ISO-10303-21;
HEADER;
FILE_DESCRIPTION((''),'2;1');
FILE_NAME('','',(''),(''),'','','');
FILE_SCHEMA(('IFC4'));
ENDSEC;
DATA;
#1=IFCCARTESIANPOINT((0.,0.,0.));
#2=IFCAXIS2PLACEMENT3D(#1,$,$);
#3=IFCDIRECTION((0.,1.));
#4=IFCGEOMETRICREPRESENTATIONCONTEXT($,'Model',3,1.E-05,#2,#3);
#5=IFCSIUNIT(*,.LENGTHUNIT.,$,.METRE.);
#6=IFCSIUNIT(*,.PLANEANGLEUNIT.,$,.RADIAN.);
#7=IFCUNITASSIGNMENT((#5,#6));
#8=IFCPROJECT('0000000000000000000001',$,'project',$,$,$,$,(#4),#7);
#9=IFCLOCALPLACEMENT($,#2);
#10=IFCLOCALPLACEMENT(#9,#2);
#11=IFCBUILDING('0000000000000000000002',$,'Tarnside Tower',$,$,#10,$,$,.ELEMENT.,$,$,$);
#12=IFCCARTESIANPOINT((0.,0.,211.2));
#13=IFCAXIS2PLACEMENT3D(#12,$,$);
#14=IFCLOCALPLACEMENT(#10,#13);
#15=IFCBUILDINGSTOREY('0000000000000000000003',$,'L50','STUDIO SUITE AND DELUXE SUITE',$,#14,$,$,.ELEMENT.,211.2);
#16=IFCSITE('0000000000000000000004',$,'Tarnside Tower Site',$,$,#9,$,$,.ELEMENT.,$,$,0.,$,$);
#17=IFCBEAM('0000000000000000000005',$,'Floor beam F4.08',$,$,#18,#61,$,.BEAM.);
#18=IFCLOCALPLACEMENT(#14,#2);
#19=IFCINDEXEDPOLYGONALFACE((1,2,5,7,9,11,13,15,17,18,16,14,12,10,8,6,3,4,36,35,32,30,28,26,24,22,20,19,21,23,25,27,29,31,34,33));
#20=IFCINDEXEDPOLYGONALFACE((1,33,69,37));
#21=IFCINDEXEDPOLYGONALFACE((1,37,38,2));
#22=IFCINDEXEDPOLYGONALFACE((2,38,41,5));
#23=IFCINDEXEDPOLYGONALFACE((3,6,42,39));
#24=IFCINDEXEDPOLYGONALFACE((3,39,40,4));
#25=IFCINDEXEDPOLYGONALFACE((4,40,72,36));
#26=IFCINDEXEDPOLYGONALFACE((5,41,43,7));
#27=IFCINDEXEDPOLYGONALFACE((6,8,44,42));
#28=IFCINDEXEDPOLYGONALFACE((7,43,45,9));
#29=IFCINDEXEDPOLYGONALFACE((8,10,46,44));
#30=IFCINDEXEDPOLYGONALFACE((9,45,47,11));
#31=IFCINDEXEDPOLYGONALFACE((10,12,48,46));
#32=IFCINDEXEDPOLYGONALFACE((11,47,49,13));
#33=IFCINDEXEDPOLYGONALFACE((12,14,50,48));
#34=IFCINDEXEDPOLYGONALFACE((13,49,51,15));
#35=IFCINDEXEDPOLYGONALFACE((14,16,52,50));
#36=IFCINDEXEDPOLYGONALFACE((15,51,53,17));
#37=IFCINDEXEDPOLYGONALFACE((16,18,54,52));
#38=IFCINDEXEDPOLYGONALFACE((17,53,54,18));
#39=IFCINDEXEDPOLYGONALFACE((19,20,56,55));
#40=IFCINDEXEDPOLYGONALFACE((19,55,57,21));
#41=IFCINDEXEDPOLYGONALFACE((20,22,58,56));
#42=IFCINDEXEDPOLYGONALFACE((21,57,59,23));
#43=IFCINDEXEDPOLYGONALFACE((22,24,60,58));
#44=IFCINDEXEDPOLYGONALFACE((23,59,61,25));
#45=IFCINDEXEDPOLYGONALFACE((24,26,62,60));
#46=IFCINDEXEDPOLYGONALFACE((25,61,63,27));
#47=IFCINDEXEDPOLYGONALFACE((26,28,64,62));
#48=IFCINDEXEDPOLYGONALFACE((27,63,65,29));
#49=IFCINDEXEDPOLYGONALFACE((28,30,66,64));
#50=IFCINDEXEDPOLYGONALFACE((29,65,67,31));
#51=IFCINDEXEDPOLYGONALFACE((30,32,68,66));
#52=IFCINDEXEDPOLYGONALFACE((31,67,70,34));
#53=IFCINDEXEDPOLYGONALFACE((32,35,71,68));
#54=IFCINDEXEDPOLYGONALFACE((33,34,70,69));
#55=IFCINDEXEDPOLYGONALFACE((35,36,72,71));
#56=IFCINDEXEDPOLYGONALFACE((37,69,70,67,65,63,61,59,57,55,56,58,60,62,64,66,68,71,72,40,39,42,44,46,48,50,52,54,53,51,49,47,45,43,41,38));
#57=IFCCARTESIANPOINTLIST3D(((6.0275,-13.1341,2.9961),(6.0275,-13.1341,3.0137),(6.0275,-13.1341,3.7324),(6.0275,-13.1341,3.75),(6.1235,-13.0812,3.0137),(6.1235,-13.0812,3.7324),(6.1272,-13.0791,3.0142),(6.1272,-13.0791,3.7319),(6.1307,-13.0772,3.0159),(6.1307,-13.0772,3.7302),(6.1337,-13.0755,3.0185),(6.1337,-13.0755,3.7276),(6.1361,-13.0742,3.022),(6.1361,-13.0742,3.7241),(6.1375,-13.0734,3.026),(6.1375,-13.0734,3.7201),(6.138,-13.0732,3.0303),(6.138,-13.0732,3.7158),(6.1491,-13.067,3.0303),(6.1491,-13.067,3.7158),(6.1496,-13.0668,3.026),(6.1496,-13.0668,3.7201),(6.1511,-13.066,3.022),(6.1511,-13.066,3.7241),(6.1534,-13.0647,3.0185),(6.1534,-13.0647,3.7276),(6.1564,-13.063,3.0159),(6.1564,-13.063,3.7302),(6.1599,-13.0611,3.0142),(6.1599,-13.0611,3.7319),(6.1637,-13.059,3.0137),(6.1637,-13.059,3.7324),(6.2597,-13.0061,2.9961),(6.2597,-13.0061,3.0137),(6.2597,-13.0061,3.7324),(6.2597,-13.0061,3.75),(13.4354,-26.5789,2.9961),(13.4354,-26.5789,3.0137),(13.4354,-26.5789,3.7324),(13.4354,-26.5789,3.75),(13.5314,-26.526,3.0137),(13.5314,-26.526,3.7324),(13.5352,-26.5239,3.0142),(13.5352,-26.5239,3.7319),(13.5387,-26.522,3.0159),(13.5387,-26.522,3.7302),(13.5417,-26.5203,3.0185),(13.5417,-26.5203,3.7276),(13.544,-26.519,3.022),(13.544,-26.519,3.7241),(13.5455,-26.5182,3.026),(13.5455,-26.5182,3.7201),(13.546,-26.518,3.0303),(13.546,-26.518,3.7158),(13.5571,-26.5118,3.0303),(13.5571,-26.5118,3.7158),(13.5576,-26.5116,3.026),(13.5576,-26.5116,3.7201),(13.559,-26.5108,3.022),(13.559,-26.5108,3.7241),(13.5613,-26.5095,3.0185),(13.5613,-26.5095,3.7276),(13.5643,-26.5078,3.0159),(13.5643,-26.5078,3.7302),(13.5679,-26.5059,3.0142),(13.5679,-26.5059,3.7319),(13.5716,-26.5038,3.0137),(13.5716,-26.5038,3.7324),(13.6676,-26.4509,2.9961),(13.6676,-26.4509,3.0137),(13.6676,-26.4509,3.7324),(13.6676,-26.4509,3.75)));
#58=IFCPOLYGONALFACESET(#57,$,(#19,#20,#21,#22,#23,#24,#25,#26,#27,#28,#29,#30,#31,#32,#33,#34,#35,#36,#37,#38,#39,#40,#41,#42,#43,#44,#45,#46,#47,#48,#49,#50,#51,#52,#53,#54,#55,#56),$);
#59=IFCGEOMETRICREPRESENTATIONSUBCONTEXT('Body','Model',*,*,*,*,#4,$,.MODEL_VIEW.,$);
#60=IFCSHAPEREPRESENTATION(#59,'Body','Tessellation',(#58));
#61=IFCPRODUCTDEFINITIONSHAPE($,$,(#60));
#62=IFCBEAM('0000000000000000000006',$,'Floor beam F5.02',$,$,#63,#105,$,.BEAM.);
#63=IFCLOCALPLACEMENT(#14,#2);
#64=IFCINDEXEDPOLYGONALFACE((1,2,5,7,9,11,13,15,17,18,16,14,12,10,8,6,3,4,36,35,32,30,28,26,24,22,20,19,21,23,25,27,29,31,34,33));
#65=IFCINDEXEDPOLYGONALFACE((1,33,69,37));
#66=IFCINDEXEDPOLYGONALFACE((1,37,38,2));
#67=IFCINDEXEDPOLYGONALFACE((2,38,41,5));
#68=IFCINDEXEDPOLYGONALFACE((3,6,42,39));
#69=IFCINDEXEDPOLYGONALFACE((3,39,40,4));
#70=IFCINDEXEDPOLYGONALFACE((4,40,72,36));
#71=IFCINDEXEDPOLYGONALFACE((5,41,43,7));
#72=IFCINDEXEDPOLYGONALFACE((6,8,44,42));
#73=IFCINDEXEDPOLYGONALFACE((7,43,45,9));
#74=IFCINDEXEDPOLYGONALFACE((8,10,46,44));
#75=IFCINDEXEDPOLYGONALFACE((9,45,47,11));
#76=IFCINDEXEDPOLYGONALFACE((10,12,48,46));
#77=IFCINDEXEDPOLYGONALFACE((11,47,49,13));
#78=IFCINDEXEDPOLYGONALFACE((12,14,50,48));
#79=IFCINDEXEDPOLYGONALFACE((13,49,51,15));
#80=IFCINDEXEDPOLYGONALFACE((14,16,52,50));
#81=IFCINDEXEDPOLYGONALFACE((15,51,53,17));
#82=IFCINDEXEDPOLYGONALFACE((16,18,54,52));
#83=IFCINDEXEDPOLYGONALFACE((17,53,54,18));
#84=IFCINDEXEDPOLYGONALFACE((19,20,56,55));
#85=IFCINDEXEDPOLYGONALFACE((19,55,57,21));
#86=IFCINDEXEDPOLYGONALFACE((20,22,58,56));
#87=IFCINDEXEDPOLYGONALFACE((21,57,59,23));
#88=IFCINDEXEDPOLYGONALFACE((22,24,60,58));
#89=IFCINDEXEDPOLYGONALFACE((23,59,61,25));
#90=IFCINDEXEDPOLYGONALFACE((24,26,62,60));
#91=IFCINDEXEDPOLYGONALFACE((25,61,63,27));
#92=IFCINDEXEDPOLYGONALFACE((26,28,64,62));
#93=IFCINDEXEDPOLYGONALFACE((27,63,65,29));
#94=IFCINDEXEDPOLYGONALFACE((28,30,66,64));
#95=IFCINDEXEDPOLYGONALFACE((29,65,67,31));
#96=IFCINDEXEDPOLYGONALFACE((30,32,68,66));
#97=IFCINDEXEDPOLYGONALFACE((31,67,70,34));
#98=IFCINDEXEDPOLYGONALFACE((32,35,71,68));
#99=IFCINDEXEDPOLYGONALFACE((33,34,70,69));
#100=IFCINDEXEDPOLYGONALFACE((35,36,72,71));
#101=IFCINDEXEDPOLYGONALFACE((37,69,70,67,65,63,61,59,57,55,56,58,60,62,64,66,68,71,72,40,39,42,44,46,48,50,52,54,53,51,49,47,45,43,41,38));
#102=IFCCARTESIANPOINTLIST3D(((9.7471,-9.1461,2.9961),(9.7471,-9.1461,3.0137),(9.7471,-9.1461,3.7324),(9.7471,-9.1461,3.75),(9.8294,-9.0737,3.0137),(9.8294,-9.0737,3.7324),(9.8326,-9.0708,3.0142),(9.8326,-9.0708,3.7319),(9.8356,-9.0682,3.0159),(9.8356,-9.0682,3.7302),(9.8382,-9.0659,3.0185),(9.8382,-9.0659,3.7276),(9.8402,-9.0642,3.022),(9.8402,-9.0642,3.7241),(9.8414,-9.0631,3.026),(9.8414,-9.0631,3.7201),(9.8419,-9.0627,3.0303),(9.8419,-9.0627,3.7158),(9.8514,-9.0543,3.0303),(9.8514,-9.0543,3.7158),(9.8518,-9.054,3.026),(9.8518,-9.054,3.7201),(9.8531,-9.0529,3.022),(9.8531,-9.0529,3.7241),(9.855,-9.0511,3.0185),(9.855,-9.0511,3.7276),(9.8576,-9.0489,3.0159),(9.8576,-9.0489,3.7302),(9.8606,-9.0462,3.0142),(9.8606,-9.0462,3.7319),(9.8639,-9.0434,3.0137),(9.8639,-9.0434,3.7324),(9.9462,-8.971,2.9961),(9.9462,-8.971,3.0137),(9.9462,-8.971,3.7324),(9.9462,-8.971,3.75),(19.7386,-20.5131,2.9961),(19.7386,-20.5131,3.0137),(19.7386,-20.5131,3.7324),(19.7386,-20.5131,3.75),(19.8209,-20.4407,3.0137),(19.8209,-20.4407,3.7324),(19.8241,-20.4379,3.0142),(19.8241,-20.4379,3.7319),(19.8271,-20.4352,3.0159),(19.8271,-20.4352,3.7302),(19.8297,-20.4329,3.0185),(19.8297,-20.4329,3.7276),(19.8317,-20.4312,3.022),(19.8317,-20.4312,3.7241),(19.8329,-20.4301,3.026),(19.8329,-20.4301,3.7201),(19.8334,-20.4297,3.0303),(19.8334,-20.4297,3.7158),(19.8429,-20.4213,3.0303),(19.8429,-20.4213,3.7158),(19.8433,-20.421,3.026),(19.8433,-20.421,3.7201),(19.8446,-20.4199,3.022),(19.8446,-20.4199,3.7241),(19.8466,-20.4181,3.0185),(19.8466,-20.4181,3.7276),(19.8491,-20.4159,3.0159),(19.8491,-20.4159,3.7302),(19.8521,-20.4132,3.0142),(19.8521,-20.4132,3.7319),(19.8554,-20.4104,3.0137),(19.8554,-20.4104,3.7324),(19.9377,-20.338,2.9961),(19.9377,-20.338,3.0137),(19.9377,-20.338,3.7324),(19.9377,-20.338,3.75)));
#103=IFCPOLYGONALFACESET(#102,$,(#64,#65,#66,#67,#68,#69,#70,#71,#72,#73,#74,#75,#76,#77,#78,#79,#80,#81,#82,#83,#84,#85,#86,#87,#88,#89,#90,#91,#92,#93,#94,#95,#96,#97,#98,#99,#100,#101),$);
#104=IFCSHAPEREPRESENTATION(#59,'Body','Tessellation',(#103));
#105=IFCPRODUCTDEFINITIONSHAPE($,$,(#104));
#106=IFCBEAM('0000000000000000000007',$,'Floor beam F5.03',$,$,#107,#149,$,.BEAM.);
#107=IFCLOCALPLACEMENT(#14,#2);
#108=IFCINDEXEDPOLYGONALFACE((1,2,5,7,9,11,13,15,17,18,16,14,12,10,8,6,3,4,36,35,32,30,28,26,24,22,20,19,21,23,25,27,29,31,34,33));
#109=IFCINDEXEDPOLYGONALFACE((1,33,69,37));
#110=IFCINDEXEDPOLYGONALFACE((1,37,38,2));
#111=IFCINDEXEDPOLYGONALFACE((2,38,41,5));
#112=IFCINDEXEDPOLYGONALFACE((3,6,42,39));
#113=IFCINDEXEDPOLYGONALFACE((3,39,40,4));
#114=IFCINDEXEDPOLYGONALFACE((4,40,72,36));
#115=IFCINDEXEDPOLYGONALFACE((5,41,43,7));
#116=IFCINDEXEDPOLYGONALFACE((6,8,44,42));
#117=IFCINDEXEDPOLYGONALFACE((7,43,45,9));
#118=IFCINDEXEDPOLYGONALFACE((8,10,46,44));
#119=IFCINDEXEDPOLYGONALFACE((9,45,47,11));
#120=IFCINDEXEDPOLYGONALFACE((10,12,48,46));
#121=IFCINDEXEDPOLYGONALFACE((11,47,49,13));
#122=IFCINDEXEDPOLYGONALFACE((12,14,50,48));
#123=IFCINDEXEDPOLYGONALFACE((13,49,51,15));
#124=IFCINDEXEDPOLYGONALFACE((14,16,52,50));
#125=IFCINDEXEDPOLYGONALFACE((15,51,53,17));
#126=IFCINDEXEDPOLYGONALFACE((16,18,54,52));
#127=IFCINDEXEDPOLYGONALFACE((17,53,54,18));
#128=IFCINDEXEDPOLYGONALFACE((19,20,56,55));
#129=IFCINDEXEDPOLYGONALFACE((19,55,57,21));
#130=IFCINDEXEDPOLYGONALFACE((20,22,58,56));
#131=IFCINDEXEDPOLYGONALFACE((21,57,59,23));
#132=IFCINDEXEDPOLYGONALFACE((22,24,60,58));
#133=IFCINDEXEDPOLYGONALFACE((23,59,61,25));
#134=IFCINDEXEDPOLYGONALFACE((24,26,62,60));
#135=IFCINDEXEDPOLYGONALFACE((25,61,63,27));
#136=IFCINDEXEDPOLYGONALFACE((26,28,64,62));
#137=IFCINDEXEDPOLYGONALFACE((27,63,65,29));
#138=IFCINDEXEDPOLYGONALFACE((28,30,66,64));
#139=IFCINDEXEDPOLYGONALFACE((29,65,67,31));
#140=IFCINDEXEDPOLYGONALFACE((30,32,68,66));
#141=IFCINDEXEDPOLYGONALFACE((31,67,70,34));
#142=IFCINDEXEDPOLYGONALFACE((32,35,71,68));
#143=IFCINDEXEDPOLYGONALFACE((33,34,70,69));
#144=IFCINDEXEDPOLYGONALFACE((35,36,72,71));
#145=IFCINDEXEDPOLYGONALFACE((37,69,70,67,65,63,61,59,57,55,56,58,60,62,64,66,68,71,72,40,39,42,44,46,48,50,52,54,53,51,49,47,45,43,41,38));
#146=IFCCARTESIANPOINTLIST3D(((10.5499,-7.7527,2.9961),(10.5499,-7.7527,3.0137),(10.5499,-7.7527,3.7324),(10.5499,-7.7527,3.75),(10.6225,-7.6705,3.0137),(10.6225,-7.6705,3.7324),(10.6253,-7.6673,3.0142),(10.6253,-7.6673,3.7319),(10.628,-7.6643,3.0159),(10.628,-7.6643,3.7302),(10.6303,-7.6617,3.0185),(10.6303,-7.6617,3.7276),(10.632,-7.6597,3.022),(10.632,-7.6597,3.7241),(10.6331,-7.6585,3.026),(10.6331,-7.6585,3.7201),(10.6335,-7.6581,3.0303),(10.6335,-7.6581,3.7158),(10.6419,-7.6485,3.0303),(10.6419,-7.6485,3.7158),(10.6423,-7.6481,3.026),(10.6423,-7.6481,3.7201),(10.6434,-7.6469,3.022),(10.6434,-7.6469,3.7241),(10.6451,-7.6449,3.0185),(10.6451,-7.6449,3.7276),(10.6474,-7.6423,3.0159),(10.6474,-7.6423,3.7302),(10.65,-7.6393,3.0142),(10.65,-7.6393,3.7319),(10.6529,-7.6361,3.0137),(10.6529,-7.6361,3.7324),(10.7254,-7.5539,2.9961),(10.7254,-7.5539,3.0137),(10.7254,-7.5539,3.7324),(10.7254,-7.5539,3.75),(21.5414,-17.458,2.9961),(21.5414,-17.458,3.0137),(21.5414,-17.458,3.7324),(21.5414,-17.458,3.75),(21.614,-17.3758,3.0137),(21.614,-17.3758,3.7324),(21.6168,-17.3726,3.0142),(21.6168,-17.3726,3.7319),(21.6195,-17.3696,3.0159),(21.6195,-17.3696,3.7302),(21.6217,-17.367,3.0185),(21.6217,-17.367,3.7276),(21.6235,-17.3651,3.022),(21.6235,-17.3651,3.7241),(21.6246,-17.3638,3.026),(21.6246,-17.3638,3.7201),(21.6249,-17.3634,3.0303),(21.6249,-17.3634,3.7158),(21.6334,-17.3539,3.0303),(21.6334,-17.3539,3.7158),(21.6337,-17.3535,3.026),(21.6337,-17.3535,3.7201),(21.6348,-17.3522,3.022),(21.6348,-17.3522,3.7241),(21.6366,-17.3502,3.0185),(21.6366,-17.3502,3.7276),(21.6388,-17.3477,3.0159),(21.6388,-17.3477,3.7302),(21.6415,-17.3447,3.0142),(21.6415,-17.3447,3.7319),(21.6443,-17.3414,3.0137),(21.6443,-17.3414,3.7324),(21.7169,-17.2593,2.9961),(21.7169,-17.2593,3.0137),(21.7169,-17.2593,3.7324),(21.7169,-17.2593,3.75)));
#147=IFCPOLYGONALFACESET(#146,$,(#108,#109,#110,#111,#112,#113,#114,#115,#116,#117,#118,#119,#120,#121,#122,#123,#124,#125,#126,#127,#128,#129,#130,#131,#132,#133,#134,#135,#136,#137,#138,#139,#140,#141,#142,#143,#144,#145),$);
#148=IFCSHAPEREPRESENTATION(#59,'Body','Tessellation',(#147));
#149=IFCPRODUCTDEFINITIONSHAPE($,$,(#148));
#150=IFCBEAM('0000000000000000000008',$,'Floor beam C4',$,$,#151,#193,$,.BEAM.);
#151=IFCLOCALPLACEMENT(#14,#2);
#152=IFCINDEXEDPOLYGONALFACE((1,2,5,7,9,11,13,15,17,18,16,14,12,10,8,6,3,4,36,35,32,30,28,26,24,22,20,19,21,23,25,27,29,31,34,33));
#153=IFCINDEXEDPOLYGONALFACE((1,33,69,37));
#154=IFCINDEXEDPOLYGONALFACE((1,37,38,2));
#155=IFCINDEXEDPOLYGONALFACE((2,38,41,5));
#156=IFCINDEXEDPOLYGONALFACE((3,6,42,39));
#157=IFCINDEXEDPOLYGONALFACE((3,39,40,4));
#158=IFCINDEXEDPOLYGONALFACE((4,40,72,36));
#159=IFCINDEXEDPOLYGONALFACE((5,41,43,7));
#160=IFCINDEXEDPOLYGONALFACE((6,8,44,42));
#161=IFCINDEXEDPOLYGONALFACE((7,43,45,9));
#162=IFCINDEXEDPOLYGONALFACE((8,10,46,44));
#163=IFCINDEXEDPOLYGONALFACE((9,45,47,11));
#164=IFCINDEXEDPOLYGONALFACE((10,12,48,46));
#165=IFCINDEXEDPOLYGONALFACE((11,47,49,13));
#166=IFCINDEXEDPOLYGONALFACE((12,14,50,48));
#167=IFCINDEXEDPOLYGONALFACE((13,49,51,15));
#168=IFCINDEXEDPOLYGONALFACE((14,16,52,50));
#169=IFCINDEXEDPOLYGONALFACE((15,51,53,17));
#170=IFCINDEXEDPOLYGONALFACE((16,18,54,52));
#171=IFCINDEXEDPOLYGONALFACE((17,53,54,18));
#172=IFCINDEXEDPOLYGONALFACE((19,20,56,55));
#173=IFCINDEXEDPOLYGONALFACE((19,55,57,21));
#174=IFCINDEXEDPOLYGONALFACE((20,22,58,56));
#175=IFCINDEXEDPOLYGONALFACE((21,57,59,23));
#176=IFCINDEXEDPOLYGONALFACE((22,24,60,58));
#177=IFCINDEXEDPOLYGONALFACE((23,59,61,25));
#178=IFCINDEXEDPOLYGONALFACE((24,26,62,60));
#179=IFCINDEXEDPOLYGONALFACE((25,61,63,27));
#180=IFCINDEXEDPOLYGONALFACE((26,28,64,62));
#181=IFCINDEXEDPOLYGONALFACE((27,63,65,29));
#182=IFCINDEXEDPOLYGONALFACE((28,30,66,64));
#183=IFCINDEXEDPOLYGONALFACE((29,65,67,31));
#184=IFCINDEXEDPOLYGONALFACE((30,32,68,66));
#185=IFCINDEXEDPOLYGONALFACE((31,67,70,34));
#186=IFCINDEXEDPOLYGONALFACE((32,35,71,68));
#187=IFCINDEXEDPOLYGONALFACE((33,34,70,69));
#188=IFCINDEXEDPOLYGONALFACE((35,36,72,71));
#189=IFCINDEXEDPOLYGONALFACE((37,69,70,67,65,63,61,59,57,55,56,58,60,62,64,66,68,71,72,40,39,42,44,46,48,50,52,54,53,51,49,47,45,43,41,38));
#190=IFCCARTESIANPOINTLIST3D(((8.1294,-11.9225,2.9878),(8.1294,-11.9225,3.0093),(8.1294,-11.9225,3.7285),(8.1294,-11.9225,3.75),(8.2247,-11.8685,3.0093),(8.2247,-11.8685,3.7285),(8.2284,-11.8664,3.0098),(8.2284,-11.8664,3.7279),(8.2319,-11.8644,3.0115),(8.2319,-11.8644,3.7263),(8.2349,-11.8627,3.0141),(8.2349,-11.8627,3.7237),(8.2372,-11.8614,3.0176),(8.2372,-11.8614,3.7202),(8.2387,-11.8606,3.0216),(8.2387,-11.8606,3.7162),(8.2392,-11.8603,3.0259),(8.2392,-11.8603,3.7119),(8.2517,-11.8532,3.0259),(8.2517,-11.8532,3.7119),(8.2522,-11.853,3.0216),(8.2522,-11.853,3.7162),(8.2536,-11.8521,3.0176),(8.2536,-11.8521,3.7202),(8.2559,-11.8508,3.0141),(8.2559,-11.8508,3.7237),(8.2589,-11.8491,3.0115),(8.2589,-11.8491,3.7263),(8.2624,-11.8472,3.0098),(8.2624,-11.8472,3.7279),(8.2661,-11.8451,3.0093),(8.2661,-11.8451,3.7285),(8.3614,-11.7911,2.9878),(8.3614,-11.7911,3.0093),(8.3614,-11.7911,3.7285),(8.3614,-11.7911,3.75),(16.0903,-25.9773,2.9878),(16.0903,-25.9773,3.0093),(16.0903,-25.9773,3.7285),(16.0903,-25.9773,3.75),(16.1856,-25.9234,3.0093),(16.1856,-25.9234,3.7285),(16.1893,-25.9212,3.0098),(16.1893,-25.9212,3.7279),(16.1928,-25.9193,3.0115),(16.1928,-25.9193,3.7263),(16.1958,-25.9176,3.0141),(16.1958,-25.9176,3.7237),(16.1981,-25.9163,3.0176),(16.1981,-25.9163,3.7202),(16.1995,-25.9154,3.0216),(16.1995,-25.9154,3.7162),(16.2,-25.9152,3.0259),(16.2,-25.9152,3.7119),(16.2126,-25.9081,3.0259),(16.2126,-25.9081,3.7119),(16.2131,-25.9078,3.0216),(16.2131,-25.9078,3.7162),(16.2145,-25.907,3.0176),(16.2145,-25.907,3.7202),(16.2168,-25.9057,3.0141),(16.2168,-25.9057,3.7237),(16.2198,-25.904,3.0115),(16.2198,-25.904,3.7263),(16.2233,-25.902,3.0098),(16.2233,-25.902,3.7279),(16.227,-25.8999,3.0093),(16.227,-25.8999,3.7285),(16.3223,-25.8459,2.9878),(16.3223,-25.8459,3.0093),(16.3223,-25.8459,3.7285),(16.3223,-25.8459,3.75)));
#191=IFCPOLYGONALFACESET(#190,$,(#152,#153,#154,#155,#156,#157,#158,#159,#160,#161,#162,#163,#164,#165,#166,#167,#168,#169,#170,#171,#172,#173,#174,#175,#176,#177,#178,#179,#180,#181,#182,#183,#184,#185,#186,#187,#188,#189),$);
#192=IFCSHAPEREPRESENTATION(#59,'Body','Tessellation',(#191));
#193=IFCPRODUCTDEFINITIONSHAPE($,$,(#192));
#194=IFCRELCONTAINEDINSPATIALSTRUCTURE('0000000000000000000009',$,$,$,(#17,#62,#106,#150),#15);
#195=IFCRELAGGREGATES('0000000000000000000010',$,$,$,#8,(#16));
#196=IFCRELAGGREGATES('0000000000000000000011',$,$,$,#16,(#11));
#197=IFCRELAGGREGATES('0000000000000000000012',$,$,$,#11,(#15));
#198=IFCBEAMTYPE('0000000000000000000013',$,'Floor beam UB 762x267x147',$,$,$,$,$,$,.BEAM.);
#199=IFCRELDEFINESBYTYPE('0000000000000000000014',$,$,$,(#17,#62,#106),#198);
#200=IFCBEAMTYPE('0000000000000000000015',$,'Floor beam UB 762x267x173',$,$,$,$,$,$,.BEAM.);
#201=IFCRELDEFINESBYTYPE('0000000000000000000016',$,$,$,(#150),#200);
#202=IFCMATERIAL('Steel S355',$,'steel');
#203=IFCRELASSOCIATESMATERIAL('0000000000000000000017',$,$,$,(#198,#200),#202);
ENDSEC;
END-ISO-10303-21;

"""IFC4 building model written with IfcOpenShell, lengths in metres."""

from ifc_helpers import new_model, si_unit, direction, frame, origin, origin_2d, place, context, subcontext, project, spatial, i_section, extrude, material, material_profile, profile_set, type_object, element, save


model = new_model("IFC4")

# Units and contexts
model_context = context("Model", 3, precision=1e-05, world=origin(), true_north=direction((0.0, 1.0)))
body_context = subcontext(model_context, "Body", "Model", "MODEL_VIEW")
ifc_project = project(units=[si_unit("LENGTHUNIT", "METRE"), si_unit("PLANEANGLEUNIT", "RADIAN")], contexts=[model_context])

# Site, building, storey
site_placement = place(None, origin())
site = spatial("IfcSite", under=ifc_project, at=site_placement, Name="Tarnside Tower Site", CompositionType="ELEMENT", RefElevation=0.0)
building_placement = place(site_placement, origin())
building = spatial("IfcBuilding", under=site, at=building_placement, Name="Tarnside Tower", CompositionType="ELEMENT")
storey_placement = place(building_placement, frame((0.0, 0.0, 211.2)))
storey = spatial("IfcBuildingStorey", under=building, at=storey_placement, Name="L50", Description="STUDIO SUITE AND DELUXE SUITE", CompositionType="ELEMENT", Elevation=211.2)

# Beams
ifc_material_1 = material(Name="Steel S355", Category="steel")
ifc_material_profile_1 = material_profile(ifc_material_1, i_section(OverallWidth=0.2651, OverallDepth=0.7539, WebThickness=0.0127, FlangeThickness=0.0176, FilletRadius=0.0166, at=origin_2d()), Name="UB 762x267x147")
ifc_profile_set_1 = profile_set([ifc_material_profile_1], Name="Steel S355")
beam_type_1 = type_object("IfcBeamType", Name="Floor beam UB 762x267x147", PredefinedType="BEAM", material=ifc_profile_set_1)
beam_1_placement = place(storey_placement, frame((13.5515, -26.5149, 3.373), z_axis=(-0.482584, 0.87585, 0.0), x_axis=(-0.87585, -0.482584, 0.0)))
element("IfcBeam", 1, at=beam_1_placement, inside=storey, type_object=beam_type_1, Name="Floor beam F4.08", PredefinedType="BEAM", context=body_context, shape_type="SweptSolid", body=[
    extrude(i_section(OverallWidth=0.2651, OverallDepth=0.7539, WebThickness=0.0127, FlangeThickness=0.0176, FilletRadius=0.0166, at=origin_2d()), origin(), (0.0, 0.0, 1.0), 15.3506),
])
beam_2_placement = place(storey_placement, frame((19.8381, -20.4255, 3.373), z_axis=(-0.660201, 0.751089, 0.0), x_axis=(-0.751089, -0.660201, 0.0)))
element("IfcBeam", 2, at=beam_2_placement, inside=storey, type_object=beam_type_1, Name="Floor beam F5.02", PredefinedType="BEAM", context=body_context, shape_type="SweptSolid", body=[
    extrude(i_section(OverallWidth=0.2651, OverallDepth=0.7539, WebThickness=0.0127, FlangeThickness=0.0176, FilletRadius=0.0166, at=origin_2d()), origin(), (0.0, 0.0, 1.0), 15.134),
])
beam_3_placement = place(storey_placement, frame((21.6292, -17.3586, 3.373), z_axis=(-0.749602, 0.661889, 0.0), x_axis=(-0.661889, -0.749602, 0.0)))
element("IfcBeam", 3, at=beam_3_placement, inside=storey, type_object=beam_type_1, Name="Floor beam F5.03", PredefinedType="BEAM", context=body_context, shape_type="SweptSolid", body=[
    extrude(i_section(OverallWidth=0.2651, OverallDepth=0.7539, WebThickness=0.0127, FlangeThickness=0.0176, FilletRadius=0.0166, at=origin_2d()), origin(), (0.0, 0.0, 1.0), 14.6631),
])
ifc_material_profile_2 = material_profile(ifc_material_1, i_section(OverallWidth=0.2666, OverallDepth=0.7622, WebThickness=0.0144, FlangeThickness=0.0215, FilletRadius=0.0166, at=origin_2d()), Name="UB 762x267x173")
ifc_profile_set_2 = profile_set([ifc_material_profile_2], Name="Steel S355")
beam_type_2 = type_object("IfcBeamType", Name="Floor beam UB 762x267x173", PredefinedType="BEAM", material=ifc_profile_set_2)
beam_4_placement = place(storey_placement, frame((16.2063, -25.9116, 3.3689), z_axis=(-0.492847, 0.870116, 0.0), x_axis=(-0.870116, -0.492847, 0.0)))
element("IfcBeam", 4, at=beam_4_placement, inside=storey, type_object=beam_type_2, Name="Floor beam C4", PredefinedType="BEAM", context=body_context, shape_type="SweptSolid", body=[
    extrude(i_section(OverallWidth=0.2666, OverallDepth=0.7622, WebThickness=0.0144, FlangeThickness=0.0215, FilletRadius=0.0166, at=origin_2d()), origin(), (0.0, 0.0, 1.0), 16.1528),
])

save(model, "model.ifc")
